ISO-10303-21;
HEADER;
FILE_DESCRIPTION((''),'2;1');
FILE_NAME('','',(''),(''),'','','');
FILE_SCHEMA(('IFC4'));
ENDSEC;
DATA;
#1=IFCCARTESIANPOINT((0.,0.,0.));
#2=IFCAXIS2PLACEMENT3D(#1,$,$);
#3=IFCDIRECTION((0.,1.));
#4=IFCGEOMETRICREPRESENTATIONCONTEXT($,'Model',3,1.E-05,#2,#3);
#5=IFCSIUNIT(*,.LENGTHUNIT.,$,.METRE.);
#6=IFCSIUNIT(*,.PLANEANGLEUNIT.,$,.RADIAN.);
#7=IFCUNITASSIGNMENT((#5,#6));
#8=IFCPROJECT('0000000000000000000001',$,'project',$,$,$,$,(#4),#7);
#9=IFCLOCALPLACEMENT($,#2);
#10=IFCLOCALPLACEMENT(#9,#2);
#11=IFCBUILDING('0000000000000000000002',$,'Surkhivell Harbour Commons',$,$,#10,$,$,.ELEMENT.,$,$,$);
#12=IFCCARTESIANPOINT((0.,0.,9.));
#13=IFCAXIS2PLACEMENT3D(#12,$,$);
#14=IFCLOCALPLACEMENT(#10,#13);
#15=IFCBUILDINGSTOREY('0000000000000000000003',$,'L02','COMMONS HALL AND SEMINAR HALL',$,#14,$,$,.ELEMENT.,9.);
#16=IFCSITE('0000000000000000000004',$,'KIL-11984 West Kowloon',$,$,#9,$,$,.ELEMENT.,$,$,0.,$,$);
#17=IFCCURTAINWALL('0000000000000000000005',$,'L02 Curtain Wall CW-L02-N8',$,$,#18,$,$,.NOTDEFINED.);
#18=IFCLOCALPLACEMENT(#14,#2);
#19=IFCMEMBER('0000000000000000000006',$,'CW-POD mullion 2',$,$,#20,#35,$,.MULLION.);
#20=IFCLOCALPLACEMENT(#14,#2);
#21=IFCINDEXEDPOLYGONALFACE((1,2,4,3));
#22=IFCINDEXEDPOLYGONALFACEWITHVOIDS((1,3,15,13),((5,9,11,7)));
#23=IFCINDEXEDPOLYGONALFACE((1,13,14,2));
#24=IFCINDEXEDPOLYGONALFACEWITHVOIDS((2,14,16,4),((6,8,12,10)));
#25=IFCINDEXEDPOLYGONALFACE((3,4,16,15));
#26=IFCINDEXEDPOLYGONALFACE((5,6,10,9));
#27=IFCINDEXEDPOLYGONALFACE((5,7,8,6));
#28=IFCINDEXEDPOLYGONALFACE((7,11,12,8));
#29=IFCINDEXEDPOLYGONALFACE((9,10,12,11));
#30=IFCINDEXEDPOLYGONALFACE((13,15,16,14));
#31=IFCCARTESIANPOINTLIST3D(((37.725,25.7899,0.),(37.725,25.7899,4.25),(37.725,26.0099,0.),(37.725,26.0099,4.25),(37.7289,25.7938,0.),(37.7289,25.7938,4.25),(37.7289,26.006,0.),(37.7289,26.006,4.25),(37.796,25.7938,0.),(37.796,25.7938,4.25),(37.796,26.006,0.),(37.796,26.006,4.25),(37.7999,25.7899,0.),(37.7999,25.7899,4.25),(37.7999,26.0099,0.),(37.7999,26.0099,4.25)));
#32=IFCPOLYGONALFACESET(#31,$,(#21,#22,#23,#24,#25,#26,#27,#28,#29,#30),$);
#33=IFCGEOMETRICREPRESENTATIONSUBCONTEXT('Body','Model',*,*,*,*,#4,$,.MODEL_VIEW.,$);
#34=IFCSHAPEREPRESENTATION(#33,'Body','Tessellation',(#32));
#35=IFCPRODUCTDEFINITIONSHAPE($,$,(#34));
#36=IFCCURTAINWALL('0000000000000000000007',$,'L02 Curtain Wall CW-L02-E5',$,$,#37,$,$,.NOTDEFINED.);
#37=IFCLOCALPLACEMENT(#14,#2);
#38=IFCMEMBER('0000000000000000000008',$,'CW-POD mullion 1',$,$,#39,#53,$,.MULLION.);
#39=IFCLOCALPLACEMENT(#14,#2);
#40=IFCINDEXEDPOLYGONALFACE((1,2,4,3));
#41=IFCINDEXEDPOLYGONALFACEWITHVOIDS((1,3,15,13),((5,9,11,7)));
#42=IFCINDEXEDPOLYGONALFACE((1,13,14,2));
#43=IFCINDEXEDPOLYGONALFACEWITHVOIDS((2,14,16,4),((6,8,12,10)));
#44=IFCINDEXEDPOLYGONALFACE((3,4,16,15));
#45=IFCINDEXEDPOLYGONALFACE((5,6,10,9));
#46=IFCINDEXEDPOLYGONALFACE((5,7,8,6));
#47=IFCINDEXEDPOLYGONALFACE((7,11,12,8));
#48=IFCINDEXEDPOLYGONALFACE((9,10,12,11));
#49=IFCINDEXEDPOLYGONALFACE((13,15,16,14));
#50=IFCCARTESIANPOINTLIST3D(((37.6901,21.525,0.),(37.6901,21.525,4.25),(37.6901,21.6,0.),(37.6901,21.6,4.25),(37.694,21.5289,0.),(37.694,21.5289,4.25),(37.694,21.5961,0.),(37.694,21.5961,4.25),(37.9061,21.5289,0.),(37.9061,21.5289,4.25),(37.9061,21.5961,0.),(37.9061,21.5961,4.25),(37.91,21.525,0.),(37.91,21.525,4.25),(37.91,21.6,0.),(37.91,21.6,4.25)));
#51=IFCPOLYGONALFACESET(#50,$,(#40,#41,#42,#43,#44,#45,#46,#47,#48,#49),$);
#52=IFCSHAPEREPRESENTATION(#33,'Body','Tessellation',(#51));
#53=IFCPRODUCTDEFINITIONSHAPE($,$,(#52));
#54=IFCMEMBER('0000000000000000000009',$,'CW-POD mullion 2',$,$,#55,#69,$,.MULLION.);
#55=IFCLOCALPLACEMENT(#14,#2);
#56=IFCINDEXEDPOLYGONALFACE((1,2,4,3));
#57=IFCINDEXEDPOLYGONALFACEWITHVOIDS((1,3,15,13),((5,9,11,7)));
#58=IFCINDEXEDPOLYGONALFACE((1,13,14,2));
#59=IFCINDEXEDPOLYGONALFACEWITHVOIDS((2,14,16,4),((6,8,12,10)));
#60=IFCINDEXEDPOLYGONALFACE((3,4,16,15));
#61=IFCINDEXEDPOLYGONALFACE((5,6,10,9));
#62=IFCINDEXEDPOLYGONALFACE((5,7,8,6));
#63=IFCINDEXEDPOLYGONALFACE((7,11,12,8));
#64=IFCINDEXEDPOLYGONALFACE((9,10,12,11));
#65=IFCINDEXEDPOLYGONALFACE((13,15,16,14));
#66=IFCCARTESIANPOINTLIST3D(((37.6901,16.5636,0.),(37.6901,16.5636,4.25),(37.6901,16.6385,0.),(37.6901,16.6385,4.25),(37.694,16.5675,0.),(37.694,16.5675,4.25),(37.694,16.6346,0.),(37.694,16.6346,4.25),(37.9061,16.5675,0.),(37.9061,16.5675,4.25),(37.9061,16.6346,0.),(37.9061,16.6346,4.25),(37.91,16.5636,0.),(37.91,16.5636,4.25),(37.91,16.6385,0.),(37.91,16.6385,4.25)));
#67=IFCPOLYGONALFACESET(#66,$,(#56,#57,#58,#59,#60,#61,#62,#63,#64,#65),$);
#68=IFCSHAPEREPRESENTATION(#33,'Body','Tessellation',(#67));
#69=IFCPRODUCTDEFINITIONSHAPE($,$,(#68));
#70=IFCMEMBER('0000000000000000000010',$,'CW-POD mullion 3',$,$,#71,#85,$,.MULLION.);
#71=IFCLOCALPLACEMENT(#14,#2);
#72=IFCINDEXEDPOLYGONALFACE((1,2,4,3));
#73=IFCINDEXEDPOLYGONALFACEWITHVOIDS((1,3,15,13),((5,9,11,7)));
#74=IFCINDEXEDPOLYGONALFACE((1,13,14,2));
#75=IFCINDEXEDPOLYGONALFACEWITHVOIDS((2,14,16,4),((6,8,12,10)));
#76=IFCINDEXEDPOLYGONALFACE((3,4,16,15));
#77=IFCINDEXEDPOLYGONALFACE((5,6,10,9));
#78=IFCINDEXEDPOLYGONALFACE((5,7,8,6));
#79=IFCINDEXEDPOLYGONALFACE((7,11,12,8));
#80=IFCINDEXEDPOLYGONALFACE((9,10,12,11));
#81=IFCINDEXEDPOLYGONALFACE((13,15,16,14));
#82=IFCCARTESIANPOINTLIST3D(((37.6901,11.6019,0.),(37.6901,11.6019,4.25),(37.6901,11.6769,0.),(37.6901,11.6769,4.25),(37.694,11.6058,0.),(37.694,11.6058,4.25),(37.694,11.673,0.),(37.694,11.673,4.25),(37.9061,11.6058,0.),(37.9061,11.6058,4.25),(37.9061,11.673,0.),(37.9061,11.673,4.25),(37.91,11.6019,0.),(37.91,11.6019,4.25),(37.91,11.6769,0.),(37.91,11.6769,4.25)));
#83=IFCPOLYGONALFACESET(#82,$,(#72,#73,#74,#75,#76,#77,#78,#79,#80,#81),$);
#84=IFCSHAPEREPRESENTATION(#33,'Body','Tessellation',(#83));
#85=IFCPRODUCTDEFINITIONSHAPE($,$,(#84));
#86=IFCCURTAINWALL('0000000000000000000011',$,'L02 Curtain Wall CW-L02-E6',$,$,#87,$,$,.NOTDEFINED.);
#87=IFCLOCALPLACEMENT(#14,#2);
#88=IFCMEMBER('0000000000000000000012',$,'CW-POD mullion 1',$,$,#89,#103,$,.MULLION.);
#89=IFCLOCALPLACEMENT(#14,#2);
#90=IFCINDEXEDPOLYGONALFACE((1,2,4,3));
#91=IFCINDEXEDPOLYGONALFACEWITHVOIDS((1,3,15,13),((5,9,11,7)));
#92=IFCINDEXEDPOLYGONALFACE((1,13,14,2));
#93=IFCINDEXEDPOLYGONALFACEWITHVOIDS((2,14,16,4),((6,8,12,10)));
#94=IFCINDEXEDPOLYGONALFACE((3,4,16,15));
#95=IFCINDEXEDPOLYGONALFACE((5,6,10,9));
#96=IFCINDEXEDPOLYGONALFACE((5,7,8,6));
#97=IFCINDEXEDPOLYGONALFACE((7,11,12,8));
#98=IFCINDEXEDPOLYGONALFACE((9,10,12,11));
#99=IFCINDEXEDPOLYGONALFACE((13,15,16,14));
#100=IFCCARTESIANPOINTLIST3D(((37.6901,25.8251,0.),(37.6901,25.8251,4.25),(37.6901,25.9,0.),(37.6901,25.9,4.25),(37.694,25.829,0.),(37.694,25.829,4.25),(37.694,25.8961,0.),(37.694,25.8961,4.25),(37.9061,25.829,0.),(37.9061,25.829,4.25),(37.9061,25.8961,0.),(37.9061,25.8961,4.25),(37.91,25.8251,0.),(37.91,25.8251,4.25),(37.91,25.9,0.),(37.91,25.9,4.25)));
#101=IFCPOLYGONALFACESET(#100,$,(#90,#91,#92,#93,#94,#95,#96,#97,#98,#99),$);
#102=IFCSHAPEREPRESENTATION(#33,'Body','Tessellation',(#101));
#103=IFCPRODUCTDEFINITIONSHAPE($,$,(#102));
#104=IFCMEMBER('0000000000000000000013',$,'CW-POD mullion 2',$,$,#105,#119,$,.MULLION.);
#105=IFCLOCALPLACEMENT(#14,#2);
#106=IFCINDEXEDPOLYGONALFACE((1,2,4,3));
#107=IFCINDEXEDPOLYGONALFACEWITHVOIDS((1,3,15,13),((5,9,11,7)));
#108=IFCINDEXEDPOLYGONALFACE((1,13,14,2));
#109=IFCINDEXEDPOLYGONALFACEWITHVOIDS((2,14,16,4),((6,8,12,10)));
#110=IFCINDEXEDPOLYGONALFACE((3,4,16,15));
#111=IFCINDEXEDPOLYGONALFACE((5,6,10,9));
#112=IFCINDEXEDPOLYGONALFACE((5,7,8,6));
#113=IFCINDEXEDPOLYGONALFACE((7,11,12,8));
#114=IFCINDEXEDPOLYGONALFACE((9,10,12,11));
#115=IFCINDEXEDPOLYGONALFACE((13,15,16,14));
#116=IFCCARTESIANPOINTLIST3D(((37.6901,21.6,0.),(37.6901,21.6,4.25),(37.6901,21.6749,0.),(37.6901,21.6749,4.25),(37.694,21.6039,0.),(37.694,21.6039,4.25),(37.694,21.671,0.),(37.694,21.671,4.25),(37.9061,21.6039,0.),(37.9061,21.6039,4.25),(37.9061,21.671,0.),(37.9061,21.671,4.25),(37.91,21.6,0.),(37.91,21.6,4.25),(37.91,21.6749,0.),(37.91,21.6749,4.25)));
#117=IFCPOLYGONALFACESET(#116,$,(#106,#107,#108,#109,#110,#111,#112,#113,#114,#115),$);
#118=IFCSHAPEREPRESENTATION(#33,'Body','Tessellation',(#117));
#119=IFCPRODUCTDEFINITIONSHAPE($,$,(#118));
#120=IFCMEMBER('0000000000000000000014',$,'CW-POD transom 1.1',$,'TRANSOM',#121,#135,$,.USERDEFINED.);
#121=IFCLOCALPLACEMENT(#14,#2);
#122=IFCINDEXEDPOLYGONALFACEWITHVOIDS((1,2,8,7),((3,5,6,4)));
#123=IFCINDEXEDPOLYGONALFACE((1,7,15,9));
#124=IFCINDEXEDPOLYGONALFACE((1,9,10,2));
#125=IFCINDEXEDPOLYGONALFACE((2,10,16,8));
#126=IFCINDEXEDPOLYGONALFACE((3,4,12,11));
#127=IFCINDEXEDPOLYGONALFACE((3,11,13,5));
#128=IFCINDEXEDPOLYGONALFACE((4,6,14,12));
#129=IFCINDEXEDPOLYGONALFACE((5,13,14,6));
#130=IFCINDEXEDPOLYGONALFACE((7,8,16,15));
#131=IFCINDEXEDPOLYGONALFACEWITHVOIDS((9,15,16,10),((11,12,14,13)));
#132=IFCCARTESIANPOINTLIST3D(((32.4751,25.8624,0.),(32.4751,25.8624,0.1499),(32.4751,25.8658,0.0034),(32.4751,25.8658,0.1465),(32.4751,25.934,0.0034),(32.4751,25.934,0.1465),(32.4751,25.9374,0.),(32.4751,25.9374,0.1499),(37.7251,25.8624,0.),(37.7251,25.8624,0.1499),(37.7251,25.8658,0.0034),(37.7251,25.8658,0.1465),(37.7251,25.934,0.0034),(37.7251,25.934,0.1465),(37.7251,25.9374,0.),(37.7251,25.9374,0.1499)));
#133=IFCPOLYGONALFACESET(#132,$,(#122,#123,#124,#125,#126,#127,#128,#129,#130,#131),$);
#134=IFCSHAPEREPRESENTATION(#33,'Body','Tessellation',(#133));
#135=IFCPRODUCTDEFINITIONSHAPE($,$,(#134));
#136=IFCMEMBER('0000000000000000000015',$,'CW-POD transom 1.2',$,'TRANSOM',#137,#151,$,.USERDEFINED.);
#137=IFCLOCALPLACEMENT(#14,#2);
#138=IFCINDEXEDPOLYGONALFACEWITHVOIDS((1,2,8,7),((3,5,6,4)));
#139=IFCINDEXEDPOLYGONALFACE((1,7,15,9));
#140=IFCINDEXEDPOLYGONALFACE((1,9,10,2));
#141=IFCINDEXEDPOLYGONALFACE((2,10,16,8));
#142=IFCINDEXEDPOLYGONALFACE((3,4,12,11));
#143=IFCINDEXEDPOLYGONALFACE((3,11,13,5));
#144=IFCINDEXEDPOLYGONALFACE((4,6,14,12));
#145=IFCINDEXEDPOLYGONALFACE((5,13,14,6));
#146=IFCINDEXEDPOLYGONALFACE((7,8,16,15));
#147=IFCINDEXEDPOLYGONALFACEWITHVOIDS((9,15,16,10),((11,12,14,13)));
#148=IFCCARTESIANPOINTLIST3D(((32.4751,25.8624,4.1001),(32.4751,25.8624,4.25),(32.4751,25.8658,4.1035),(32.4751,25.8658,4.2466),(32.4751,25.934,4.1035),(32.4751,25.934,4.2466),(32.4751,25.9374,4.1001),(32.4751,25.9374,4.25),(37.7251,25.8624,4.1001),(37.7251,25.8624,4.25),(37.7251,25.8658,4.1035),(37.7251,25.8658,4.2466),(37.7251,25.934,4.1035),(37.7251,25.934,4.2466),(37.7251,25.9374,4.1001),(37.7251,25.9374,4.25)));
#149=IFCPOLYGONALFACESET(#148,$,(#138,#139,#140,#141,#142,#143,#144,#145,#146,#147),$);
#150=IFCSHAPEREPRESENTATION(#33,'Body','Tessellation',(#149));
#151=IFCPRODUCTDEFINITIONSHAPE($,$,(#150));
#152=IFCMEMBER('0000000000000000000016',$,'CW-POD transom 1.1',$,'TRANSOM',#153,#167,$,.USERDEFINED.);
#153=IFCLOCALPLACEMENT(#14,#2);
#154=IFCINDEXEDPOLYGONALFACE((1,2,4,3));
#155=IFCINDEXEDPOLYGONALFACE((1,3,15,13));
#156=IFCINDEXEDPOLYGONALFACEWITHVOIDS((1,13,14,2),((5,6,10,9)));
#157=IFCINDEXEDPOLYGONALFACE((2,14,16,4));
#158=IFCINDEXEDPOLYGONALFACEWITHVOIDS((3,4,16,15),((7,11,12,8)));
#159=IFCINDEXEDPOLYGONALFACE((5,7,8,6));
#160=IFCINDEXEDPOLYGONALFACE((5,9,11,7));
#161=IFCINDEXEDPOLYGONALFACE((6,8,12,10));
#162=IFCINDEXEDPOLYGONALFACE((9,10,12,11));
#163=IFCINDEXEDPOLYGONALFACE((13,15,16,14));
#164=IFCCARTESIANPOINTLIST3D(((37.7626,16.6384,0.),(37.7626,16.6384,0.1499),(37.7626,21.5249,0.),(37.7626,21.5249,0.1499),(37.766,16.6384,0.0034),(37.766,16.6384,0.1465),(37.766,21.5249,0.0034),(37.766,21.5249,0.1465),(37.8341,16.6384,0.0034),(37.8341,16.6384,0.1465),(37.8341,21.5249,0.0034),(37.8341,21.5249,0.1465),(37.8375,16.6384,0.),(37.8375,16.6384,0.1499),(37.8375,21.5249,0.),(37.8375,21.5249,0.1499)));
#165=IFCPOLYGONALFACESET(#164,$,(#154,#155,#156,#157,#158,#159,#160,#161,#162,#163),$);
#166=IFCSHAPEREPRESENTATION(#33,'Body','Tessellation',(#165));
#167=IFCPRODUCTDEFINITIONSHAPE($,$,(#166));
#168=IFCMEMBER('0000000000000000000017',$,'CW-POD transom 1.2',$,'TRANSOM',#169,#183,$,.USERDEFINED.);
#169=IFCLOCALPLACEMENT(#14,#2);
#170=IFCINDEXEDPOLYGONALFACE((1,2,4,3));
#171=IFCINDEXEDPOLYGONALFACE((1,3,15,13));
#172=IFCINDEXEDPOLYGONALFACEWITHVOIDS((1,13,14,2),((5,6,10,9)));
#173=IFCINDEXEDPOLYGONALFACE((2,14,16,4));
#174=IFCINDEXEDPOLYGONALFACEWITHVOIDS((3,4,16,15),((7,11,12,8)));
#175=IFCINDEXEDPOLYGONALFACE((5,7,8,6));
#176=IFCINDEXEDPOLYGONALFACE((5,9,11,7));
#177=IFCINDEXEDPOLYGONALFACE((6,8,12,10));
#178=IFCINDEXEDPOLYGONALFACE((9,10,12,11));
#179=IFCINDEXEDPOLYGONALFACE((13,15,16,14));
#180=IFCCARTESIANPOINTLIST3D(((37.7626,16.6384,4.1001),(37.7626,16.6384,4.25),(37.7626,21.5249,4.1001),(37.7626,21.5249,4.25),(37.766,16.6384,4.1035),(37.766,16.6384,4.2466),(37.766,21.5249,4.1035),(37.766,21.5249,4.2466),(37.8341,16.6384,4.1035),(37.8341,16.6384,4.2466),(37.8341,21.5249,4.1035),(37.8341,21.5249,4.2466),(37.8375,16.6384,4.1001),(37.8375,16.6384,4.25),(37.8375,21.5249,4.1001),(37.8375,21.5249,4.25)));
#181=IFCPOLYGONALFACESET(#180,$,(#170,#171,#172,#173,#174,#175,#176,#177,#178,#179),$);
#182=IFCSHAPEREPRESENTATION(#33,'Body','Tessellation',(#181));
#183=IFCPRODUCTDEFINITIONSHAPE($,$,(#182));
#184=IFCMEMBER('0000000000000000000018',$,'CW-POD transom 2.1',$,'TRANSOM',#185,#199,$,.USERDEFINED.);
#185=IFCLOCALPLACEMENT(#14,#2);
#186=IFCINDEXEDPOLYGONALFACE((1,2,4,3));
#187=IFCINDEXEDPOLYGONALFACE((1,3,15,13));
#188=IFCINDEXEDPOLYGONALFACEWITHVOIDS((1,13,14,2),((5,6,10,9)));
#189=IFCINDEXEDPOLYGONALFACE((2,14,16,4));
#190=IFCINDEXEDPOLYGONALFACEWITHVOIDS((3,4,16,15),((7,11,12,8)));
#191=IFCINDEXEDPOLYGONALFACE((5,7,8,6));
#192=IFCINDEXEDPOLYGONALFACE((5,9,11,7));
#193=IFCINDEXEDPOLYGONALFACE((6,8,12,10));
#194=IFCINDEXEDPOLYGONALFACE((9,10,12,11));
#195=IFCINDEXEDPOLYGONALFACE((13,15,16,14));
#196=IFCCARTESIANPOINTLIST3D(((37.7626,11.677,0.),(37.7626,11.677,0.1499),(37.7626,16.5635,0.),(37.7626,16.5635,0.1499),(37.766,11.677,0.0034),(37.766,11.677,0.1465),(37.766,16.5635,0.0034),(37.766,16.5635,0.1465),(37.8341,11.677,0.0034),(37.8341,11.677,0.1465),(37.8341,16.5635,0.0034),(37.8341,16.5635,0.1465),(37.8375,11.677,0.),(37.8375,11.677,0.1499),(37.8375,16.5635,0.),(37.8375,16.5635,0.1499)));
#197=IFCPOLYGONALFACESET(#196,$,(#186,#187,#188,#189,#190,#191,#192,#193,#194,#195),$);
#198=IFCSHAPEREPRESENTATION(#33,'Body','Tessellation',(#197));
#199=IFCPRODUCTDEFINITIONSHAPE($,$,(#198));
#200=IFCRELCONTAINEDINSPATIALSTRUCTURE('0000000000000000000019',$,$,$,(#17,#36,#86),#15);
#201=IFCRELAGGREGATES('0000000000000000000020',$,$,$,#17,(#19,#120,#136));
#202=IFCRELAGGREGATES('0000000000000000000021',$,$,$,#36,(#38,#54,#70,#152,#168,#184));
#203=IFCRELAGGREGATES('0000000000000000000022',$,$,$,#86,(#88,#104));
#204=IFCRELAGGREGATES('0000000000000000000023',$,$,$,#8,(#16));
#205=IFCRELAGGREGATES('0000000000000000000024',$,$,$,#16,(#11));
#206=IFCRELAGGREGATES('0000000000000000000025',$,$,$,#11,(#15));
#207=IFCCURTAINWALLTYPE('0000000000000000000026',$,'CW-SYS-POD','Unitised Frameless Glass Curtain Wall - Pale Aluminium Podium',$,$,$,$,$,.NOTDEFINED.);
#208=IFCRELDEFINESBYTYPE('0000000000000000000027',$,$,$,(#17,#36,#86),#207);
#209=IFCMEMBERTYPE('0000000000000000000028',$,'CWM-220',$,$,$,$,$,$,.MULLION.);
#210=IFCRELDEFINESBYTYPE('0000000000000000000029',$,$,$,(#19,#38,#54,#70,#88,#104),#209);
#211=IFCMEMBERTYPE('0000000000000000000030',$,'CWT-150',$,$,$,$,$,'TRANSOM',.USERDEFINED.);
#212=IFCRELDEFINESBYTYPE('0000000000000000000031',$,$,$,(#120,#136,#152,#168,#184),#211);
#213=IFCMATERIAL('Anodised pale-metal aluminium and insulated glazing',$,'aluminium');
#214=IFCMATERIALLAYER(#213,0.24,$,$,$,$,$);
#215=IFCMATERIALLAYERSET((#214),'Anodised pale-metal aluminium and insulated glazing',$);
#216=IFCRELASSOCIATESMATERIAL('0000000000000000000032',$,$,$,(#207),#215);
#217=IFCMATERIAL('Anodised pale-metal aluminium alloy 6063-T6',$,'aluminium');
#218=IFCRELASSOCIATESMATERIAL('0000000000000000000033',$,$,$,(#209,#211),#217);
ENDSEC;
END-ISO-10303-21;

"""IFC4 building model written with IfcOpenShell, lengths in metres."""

from ifc_helpers import new_model, si_unit, direction, frame, origin, origin_2d, place, context, subcontext, project, spatial, hollow_rectangle, extrude, material, layer, layer_set, material_profile, profile_set, type_object, element, aggregate, save


model = new_model("IFC4")

# Units and contexts
model_context = context("Model", 3, precision=1e-05, world=origin(), true_north=direction((0.0, 1.0)))
body_context = subcontext(model_context, "Body", "Model", "MODEL_VIEW")
ifc_project = project(units=[si_unit("LENGTHUNIT", "METRE"), si_unit("PLANEANGLEUNIT", "RADIAN")], contexts=[model_context])

# Site, building, storey
site_placement = place(None, origin())
site = spatial("IfcSite", under=ifc_project, at=site_placement, Name="KIL-11984 West Kowloon", CompositionType="ELEMENT", RefElevation=0.0)
building_placement = place(site_placement, origin())
building = spatial("IfcBuilding", under=site, at=building_placement, Name="Surkhivell Harbour Commons", CompositionType="ELEMENT")
storey_placement = place(building_placement, frame((0.0, 0.0, 9.0)))
storey = spatial("IfcBuildingStorey", under=building, at=storey_placement, Name="L02", Description="COMMONS HALL AND SEMINAR HALL", CompositionType="ELEMENT", Elevation=9.0)

# Shared definitions
ifc_material_1 = material(Name="Anodised pale-metal aluminium and insulated glazing", Category="aluminium")
ifc_layer_1 = layer(ifc_material_1, 0.24)
ifc_layer_set_1 = layer_set([ifc_layer_1], Name="Anodised pale-metal aluminium and insulated glazing")
curtain_wall_type = type_object("IfcCurtainWallType", Name="CW-SYS-POD", Description="Unitised Frameless Glass Curtain Wall - Pale Aluminium Podium", PredefinedType="NOTDEFINED", material=ifc_layer_set_1)
ifc_material_2 = material(Name="Anodised pale-metal aluminium alloy 6063-T6", Category="aluminium")
ifc_material_profile_1 = material_profile(ifc_material_2, hollow_rectangle(XDim=0.075, YDim=0.22, WallThickness=0.0039, at=origin_2d()), Name="ALU-MULL-75x220")
ifc_profile_set_1 = profile_set([ifc_material_profile_1], Name="Anodised pale-metal aluminium alloy 6063-T6")
member_type_1 = type_object("IfcMemberType", Name="CWM-220", PredefinedType="MULLION", material=ifc_profile_set_1)

# Curtain walls, members
curtain_wall_1_placement = place(storey_placement, origin())
curtain_wall_1 = element("IfcCurtainWall", 1, at=curtain_wall_1_placement, inside=storey, type_object=curtain_wall_type, Name="L02 Curtain Wall CW-L02-N8", PredefinedType="NOTDEFINED")
member_1_placement = place(storey_placement, frame((37.7625, 25.8999, 0.0), z_axis=(0.0, 0.0, 1.0), x_axis=(1.0, 0.0, 0.0)))
member_1 = element("IfcMember", 2, at=member_1_placement, type_object=member_type_1, Name="CW-POD mullion 2", PredefinedType="MULLION", context=body_context, shape_type="SweptSolid", body=[
    extrude(hollow_rectangle(XDim=0.075, YDim=0.22, WallThickness=0.0039, at=origin_2d()), origin(), (0.0, 0.0, 1.0), 4.25),
])
curtain_wall_2_placement = place(storey_placement, origin())
curtain_wall_2 = element("IfcCurtainWall", 3, at=curtain_wall_2_placement, inside=storey, type_object=curtain_wall_type, Name="L02 Curtain Wall CW-L02-E5", PredefinedType="NOTDEFINED")
member_2_placement = place(storey_placement, frame((37.8, 21.5625, 0.0), z_axis=(0.0, 0.0, 1.0), x_axis=(0.0, -1.0, 0.0)))
member_2 = element("IfcMember", 4, at=member_2_placement, type_object=member_type_1, Name="CW-POD mullion 1", PredefinedType="MULLION", context=body_context, shape_type="SweptSolid", body=[
    extrude(hollow_rectangle(XDim=0.075, YDim=0.22, WallThickness=0.0039, at=origin_2d()), origin(), (0.0, 0.0, 1.0), 4.25),
])
member_3_placement = place(storey_placement, frame((37.8, 16.6011, 0.0), z_axis=(0.0, 0.0, 1.0), x_axis=(0.0, -1.0, 0.0)))
member_3 = element("IfcMember", 5, at=member_3_placement, type_object=member_type_1, Name="CW-POD mullion 2", PredefinedType="MULLION", context=body_context, shape_type="SweptSolid", body=[
    extrude(hollow_rectangle(XDim=0.075, YDim=0.22, WallThickness=0.0039, at=origin_2d()), origin(), (0.0, 0.0, 1.0), 4.25),
])
member_4_placement = place(storey_placement, frame((37.8, 11.6394, 0.0), z_axis=(0.0, 0.0, 1.0), x_axis=(0.0, -1.0, 0.0)))
member_4 = element("IfcMember", 6, at=member_4_placement, type_object=member_type_1, Name="CW-POD mullion 3", PredefinedType="MULLION", context=body_context, shape_type="SweptSolid", body=[
    extrude(hollow_rectangle(XDim=0.075, YDim=0.22, WallThickness=0.0039, at=origin_2d()), origin(), (0.0, 0.0, 1.0), 4.25),
])
curtain_wall_3_placement = place(storey_placement, origin())
curtain_wall_3 = element("IfcCurtainWall", 7, at=curtain_wall_3_placement, inside=storey, type_object=curtain_wall_type, Name="L02 Curtain Wall CW-L02-E6", PredefinedType="NOTDEFINED")
member_5_placement = place(storey_placement, frame((37.8, 25.8625, 0.0), z_axis=(0.0, 0.0, 1.0), x_axis=(0.0, -1.0, 0.0)))
member_5 = element("IfcMember", 8, at=member_5_placement, type_object=member_type_1, Name="CW-POD mullion 1", PredefinedType="MULLION", context=body_context, shape_type="SweptSolid", body=[
    extrude(hollow_rectangle(XDim=0.075, YDim=0.22, WallThickness=0.0039, at=origin_2d()), origin(), (0.0, 0.0, 1.0), 4.25),
])
member_6_placement = place(storey_placement, frame((37.8, 21.6375, 0.0), z_axis=(0.0, 0.0, 1.0), x_axis=(0.0, -1.0, 0.0)))
member_6 = element("IfcMember", 9, at=member_6_placement, type_object=member_type_1, Name="CW-POD mullion 2", PredefinedType="MULLION", context=body_context, shape_type="SweptSolid", body=[
    extrude(hollow_rectangle(XDim=0.075, YDim=0.22, WallThickness=0.0039, at=origin_2d()), origin(), (0.0, 0.0, 1.0), 4.25),
])

# Members
ifc_material_profile_2 = material_profile(ifc_material_2, hollow_rectangle(XDim=0.075, YDim=0.1499, WallThickness=0.0034, at=origin_2d()), Name="ALU-TRAN-75x150")
ifc_profile_set_2 = profile_set([ifc_material_profile_2], Name="Anodised pale-metal aluminium alloy 6063-T6")
member_type_2 = type_object("IfcMemberType", Name="CWT-150", ElementType="TRANSOM", PredefinedType="USERDEFINED", material=ifc_profile_set_2)
member_7_placement = place(storey_placement, frame((32.4751, 25.8999, 0.075), z_axis=(1.0, 0.0, 0.0), x_axis=(0.0, 1.0, 0.0)))
member_7 = element("IfcMember", 10, at=member_7_placement, type_object=member_type_2, Name="CW-POD transom 1.1", ObjectType="TRANSOM", PredefinedType="USERDEFINED", context=body_context, shape_type="SweptSolid", body=[
    extrude(hollow_rectangle(XDim=0.075, YDim=0.1499, WallThickness=0.0034, at=origin_2d()), origin(), (0.0, 0.0, 1.0), 5.25),
])
member_8_placement = place(storey_placement, frame((32.4751, 25.8999, 4.175), z_axis=(1.0, 0.0, 0.0), x_axis=(0.0, 1.0, 0.0)))
member_8 = element("IfcMember", 11, at=member_8_placement, type_object=member_type_2, Name="CW-POD transom 1.2", ObjectType="TRANSOM", PredefinedType="USERDEFINED", context=body_context, shape_type="SweptSolid", body=[
    extrude(hollow_rectangle(XDim=0.075, YDim=0.1499, WallThickness=0.0034, at=origin_2d()), origin(), (0.0, 0.0, 1.0), 5.25),
])
member_9_placement = place(storey_placement, frame((37.8, 21.5249, 0.075), z_axis=(0.0, -1.0, 0.0), x_axis=(1.0, 0.0, 0.0)))
member_9 = element("IfcMember", 12, at=member_9_placement, type_object=member_type_2, Name="CW-POD transom 1.1", ObjectType="TRANSOM", PredefinedType="USERDEFINED", context=body_context, shape_type="SweptSolid", body=[
    extrude(hollow_rectangle(XDim=0.075, YDim=0.1499, WallThickness=0.0034, at=origin_2d()), origin(), (0.0, 0.0, 1.0), 4.8865),
])
member_10_placement = place(storey_placement, frame((37.8, 21.5249, 4.175), z_axis=(0.0, -1.0, 0.0), x_axis=(1.0, 0.0, 0.0)))
member_10 = element("IfcMember", 13, at=member_10_placement, type_object=member_type_2, Name="CW-POD transom 1.2", ObjectType="TRANSOM", PredefinedType="USERDEFINED", context=body_context, shape_type="SweptSolid", body=[
    extrude(hollow_rectangle(XDim=0.075, YDim=0.1499, WallThickness=0.0034, at=origin_2d()), origin(), (0.0, 0.0, 1.0), 4.8865),
])
member_11_placement = place(storey_placement, frame((37.8, 16.5635, 0.075), z_axis=(0.0, -1.0, 0.0), x_axis=(1.0, 0.0, 0.0)))
member_11 = element("IfcMember", 14, at=member_11_placement, type_object=member_type_2, Name="CW-POD transom 2.1", ObjectType="TRANSOM", PredefinedType="USERDEFINED", context=body_context, shape_type="SweptSolid", body=[
    extrude(hollow_rectangle(XDim=0.075, YDim=0.1499, WallThickness=0.0034, at=origin_2d()), origin(), (0.0, 0.0, 1.0), 4.8865),
])

aggregate(curtain_wall_1, [member_1, member_7, member_8])
aggregate(curtain_wall_2, [member_2, member_3, member_4, member_9, member_10, member_11])
aggregate(curtain_wall_3, [member_5, member_6])

save(model, "model.ifc")
